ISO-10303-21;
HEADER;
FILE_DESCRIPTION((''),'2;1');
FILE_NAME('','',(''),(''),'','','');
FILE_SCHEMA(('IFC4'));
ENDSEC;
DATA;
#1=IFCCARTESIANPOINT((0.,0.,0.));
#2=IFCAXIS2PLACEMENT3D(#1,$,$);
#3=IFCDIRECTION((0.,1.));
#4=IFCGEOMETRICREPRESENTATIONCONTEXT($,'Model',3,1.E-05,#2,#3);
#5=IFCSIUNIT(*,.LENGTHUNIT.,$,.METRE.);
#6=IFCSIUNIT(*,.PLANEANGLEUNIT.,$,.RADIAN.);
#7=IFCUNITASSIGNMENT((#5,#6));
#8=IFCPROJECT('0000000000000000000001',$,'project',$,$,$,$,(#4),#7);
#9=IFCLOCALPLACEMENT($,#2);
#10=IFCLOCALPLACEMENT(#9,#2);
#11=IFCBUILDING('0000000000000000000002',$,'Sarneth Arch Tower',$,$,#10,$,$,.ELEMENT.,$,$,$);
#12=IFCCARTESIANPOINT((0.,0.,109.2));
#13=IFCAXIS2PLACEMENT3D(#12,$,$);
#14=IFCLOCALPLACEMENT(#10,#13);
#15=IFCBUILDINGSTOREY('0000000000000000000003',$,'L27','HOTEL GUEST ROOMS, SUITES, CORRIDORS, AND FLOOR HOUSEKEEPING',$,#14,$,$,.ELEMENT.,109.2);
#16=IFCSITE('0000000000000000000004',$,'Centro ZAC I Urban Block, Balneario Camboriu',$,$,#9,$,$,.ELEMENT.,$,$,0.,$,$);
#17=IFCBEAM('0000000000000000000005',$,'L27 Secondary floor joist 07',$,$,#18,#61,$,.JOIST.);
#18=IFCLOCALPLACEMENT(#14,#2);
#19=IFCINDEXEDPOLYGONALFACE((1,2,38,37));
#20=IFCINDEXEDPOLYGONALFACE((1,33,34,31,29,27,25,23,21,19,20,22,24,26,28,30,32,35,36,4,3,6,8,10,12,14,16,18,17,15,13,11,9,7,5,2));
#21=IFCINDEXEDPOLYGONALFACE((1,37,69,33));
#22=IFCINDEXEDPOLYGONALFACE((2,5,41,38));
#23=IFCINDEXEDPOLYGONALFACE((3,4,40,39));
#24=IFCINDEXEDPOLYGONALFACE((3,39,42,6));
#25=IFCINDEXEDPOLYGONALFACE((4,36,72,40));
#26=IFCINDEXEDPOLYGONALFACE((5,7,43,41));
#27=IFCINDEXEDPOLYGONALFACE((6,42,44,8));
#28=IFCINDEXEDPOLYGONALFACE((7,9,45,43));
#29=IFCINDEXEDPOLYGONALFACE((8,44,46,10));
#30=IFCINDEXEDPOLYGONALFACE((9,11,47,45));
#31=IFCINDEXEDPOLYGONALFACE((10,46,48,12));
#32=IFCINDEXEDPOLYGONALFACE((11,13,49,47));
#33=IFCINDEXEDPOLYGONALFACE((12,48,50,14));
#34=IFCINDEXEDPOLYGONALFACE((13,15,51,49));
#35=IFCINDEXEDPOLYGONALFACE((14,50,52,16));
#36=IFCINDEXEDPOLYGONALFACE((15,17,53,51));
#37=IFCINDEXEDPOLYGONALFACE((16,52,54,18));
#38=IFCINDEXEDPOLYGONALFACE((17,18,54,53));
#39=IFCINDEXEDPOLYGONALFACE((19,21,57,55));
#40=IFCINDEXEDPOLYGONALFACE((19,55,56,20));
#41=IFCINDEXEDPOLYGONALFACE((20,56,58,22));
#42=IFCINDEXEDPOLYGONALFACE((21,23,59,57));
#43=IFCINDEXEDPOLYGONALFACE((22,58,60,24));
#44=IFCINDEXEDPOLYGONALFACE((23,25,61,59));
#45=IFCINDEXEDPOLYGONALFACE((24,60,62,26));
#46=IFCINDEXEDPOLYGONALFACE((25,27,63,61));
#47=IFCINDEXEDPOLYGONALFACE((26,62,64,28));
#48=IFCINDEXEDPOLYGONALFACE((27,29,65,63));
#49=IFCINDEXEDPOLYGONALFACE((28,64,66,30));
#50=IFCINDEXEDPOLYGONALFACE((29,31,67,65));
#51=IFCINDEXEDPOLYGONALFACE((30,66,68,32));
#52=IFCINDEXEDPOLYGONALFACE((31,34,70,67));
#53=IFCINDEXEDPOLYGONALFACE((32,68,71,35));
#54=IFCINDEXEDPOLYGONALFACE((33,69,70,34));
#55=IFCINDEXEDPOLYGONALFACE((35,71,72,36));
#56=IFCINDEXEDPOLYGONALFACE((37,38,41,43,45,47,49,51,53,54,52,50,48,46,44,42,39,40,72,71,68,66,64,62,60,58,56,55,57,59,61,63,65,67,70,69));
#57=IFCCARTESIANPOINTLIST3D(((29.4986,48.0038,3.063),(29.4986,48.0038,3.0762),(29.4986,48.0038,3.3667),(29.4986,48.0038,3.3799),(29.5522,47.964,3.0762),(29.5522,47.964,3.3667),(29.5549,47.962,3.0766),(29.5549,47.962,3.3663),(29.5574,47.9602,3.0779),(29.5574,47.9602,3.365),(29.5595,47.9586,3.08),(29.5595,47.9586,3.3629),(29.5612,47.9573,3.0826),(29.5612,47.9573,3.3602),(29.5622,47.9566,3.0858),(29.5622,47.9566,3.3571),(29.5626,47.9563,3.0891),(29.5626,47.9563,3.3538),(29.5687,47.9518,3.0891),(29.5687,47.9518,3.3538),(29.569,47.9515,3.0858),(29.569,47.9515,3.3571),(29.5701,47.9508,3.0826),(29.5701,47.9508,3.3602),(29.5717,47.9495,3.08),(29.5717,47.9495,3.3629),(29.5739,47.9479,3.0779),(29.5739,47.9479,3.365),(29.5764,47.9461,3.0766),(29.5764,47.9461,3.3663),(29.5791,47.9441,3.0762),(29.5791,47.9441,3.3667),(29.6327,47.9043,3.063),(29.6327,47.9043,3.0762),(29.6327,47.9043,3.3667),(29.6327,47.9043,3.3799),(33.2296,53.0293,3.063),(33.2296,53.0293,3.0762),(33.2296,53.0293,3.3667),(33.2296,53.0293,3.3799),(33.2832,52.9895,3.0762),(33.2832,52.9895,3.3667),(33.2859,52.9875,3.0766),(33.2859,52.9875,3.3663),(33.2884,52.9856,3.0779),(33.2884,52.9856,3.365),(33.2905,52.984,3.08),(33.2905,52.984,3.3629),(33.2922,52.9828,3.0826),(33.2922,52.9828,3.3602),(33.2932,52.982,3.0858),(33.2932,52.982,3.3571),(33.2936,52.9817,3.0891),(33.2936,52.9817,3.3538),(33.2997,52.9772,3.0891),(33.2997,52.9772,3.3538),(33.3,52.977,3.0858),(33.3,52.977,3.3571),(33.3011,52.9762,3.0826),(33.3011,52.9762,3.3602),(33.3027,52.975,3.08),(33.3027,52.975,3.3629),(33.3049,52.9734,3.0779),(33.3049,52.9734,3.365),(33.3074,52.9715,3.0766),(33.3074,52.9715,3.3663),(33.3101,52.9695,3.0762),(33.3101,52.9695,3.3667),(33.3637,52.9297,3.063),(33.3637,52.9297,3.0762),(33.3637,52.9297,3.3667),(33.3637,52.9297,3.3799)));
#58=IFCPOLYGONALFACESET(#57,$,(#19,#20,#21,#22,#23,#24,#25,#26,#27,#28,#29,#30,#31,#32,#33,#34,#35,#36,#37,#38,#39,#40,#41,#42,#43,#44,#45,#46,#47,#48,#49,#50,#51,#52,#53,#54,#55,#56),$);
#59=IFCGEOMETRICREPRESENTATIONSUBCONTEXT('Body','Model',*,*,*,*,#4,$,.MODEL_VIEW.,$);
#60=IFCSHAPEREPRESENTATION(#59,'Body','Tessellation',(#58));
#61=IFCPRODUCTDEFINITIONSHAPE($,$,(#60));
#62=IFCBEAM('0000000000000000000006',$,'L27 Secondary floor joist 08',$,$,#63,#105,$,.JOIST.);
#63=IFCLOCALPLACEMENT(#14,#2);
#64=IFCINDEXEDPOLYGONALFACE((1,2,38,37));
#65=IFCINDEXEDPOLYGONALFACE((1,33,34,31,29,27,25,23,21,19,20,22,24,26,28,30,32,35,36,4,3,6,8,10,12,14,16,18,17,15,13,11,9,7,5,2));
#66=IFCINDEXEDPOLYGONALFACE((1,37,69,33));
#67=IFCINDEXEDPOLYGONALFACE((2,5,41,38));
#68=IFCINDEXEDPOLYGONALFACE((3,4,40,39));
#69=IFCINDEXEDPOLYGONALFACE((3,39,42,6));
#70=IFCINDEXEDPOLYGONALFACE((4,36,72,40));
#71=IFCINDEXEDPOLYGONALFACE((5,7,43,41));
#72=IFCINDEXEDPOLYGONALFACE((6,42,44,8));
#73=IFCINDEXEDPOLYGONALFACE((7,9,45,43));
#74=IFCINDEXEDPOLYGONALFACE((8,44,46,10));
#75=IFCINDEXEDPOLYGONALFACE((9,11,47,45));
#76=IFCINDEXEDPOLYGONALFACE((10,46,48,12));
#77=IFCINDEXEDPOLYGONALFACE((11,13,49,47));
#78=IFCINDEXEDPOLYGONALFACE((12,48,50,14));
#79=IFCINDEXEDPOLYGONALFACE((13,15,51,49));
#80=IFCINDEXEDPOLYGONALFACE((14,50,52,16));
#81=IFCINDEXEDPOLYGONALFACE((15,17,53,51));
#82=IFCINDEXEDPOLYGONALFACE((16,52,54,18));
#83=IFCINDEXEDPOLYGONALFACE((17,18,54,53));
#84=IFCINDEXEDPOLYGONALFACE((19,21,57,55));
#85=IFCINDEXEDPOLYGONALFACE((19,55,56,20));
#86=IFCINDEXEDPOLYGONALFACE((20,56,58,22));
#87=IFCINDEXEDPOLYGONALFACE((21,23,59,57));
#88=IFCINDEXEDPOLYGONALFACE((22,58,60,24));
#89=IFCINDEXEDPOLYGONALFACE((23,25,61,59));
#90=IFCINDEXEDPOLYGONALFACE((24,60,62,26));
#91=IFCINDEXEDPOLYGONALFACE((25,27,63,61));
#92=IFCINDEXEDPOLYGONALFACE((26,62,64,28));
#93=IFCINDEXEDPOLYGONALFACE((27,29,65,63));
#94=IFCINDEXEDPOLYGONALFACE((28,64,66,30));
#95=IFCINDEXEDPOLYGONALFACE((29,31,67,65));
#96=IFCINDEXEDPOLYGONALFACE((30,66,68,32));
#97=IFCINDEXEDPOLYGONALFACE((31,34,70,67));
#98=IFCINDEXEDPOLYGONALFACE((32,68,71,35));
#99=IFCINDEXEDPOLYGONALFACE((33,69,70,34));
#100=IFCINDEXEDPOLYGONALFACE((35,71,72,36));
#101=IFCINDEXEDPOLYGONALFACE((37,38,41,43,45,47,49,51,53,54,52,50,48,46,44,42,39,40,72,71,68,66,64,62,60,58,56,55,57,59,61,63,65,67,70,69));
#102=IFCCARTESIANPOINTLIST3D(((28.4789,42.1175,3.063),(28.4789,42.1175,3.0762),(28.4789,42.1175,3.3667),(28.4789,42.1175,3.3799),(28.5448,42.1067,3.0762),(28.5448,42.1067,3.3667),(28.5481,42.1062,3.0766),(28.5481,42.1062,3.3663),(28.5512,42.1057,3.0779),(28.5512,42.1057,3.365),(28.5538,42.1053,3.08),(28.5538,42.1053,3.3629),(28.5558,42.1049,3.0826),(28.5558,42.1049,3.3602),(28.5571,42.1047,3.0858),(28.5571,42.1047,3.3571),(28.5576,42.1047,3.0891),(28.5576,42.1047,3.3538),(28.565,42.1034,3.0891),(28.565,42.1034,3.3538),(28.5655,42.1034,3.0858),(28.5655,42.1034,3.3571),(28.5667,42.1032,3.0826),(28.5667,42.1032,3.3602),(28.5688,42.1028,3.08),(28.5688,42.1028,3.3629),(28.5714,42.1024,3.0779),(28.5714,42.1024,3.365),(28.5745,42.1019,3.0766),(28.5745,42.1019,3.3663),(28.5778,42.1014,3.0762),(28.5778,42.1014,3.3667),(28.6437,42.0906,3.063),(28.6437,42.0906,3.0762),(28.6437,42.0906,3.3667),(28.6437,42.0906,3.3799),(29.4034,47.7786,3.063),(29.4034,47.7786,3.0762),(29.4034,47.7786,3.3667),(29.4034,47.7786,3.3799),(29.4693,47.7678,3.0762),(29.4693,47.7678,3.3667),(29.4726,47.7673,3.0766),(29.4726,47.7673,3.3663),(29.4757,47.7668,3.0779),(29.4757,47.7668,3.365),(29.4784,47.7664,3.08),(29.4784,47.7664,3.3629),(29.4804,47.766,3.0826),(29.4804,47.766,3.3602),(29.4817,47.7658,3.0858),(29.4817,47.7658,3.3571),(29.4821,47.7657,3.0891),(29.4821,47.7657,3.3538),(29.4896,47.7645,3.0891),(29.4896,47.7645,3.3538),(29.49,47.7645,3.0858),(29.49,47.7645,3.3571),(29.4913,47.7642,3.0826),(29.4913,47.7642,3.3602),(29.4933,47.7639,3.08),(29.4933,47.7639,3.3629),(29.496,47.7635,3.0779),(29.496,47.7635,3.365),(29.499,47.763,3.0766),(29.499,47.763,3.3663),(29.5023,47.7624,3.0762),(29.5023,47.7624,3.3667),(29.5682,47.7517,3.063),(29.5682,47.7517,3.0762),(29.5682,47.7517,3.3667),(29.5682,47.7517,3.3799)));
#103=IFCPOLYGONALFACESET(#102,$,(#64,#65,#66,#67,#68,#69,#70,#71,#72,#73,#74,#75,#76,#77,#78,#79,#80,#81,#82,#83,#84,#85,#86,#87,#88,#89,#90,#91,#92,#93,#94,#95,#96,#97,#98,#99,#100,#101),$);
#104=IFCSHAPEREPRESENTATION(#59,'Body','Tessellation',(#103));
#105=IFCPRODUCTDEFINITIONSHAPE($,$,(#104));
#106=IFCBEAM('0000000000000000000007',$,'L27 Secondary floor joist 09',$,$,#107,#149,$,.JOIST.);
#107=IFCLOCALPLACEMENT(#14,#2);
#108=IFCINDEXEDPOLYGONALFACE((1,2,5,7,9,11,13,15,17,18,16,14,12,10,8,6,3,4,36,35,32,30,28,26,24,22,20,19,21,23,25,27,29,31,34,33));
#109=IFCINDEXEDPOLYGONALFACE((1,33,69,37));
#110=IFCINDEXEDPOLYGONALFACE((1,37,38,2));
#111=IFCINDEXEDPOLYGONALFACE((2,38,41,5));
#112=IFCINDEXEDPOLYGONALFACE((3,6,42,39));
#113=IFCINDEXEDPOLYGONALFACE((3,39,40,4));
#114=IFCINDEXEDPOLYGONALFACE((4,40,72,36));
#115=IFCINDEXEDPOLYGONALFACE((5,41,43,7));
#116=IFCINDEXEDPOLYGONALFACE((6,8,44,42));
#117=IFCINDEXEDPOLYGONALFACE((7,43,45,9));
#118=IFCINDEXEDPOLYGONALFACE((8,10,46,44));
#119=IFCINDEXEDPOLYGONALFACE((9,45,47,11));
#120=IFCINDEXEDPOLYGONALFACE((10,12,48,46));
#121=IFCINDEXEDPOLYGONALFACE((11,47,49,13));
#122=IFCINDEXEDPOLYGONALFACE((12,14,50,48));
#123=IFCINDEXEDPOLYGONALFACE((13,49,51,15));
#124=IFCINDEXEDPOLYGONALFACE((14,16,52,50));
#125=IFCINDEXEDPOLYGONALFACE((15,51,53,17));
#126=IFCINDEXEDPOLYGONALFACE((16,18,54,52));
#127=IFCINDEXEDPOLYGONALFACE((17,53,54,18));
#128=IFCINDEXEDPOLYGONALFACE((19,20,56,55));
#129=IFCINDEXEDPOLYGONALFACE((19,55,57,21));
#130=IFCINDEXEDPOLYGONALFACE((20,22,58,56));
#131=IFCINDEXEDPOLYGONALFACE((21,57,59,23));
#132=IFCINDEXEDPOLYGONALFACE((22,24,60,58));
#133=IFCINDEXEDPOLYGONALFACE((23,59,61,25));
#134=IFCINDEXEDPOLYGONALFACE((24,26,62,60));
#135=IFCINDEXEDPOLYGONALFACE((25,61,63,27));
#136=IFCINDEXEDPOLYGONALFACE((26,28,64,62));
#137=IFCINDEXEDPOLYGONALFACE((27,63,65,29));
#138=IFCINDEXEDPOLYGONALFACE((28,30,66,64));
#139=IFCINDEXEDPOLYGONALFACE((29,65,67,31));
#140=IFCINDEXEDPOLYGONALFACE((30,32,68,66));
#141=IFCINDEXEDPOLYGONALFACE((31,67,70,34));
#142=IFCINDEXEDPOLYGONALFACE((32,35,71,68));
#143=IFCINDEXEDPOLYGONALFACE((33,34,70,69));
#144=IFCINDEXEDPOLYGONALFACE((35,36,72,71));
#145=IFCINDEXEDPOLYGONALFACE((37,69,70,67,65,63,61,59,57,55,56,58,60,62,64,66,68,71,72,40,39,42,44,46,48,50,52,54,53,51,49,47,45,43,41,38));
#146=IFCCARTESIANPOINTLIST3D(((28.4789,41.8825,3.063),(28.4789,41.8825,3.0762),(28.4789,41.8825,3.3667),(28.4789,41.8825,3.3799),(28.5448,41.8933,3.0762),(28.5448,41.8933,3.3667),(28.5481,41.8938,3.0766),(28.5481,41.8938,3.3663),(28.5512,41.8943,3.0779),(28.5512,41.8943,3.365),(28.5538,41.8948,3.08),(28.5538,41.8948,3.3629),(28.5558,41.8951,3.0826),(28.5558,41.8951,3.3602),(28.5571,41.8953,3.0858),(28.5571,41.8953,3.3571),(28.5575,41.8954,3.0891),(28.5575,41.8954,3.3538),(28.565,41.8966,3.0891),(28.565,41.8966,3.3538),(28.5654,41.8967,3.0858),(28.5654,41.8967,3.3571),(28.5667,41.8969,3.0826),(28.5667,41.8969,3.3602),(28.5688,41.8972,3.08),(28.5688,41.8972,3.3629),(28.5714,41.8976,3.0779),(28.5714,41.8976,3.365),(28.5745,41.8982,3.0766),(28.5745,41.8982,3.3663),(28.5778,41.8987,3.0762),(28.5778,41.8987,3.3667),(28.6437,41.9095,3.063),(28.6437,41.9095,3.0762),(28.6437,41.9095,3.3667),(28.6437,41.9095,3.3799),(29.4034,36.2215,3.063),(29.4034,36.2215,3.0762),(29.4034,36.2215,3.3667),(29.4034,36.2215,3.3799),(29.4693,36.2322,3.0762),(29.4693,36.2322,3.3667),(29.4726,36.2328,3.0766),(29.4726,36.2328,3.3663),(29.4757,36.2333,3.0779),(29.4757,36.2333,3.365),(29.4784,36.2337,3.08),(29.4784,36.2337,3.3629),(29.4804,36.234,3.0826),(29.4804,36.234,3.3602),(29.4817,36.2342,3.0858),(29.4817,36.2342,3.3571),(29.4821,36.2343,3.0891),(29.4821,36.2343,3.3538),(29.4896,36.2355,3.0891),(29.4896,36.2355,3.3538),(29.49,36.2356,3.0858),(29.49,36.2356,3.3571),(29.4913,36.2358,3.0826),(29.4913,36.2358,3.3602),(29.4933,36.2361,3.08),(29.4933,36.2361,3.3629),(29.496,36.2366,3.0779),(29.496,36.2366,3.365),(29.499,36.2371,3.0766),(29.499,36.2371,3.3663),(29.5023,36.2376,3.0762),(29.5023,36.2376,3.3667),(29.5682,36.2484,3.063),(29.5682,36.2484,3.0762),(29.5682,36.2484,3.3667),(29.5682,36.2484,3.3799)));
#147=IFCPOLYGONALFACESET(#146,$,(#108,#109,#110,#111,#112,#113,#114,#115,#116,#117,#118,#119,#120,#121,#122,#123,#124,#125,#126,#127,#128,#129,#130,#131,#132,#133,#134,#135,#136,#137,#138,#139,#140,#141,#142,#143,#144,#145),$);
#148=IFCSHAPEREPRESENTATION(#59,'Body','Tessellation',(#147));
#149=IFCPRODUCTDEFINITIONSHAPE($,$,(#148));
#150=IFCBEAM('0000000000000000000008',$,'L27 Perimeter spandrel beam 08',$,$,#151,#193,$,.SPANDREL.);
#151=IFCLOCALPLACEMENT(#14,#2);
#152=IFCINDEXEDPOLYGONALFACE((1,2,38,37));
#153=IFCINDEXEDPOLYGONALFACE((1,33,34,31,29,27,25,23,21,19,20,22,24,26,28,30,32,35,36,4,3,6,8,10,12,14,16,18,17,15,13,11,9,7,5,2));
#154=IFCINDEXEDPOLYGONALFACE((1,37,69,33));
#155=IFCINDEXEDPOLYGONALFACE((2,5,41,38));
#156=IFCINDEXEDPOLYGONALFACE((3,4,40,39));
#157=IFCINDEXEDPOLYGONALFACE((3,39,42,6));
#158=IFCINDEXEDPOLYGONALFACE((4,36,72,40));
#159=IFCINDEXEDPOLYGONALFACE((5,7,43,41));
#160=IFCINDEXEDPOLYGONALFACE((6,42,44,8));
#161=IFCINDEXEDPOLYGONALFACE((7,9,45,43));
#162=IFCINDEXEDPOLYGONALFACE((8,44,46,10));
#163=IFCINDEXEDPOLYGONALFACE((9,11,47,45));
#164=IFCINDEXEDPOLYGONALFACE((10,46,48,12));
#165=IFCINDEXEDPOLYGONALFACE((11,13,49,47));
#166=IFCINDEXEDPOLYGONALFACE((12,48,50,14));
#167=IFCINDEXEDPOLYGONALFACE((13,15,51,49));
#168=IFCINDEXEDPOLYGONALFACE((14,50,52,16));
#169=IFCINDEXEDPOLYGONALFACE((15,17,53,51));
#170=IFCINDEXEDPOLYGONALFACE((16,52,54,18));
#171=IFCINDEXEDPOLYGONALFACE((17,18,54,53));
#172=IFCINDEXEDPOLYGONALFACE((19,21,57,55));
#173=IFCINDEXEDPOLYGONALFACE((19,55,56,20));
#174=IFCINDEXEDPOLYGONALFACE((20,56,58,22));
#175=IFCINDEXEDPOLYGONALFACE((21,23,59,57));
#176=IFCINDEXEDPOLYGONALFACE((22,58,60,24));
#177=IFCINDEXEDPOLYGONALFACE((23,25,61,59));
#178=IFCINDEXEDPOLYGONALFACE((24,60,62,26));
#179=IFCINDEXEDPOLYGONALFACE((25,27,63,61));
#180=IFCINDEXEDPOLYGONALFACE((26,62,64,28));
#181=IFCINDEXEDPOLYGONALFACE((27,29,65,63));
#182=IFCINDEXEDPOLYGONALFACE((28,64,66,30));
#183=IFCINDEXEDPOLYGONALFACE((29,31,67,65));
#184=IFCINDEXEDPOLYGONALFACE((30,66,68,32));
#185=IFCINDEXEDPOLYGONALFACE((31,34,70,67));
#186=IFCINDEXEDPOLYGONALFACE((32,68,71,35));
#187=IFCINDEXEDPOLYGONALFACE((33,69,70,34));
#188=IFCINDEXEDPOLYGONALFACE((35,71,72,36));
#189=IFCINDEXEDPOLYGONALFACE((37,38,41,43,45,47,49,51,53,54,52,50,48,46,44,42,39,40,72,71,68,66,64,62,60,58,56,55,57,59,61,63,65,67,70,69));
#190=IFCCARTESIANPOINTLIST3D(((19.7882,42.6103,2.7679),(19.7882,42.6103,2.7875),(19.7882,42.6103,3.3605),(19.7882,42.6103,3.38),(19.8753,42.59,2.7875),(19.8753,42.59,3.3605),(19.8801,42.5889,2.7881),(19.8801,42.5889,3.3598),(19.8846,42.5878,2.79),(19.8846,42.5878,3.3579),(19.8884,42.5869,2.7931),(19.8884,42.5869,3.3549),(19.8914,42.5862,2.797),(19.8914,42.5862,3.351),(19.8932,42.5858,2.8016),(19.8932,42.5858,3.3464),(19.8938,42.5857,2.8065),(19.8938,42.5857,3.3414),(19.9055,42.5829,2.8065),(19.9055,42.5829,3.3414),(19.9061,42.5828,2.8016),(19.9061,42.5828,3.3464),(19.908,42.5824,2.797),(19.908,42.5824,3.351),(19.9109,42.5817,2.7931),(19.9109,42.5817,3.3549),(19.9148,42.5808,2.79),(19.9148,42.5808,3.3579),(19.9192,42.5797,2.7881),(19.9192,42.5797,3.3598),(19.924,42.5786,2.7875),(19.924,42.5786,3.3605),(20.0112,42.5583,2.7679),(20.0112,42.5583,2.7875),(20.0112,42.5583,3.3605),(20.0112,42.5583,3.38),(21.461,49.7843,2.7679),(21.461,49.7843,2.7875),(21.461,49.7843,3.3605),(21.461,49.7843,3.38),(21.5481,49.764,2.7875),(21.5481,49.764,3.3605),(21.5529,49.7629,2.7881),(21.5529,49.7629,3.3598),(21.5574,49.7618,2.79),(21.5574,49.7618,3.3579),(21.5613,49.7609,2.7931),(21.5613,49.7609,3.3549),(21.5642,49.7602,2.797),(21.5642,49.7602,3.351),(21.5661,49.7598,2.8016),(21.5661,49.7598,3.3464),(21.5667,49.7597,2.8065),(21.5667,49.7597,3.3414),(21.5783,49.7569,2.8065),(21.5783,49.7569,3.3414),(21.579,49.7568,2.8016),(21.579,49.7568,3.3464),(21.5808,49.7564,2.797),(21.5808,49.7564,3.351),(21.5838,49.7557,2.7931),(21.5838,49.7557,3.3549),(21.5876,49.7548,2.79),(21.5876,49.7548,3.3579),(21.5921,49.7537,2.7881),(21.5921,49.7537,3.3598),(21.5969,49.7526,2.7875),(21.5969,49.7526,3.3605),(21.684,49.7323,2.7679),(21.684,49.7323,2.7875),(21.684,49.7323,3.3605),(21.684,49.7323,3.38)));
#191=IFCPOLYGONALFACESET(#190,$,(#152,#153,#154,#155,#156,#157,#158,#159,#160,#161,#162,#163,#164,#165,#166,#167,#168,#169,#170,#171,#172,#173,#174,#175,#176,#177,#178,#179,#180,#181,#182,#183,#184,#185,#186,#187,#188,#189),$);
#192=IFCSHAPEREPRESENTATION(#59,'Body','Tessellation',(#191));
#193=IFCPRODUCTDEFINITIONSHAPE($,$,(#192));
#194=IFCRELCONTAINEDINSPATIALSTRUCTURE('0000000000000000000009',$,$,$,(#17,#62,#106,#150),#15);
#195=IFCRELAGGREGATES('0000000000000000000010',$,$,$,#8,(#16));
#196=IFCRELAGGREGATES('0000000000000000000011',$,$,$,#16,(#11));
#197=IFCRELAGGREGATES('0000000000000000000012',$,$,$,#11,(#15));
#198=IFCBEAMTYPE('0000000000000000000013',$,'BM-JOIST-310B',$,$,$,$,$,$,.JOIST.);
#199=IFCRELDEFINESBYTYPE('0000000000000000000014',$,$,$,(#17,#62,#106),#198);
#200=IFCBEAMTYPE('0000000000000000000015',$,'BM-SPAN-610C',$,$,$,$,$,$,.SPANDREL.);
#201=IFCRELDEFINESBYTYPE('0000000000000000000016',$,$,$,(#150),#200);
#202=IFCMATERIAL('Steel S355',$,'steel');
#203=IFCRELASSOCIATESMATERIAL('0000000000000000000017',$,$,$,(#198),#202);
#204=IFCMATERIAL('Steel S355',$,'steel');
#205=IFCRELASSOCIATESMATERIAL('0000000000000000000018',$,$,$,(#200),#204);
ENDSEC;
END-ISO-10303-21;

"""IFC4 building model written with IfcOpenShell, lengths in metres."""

from ifc_helpers import new_model, si_unit, direction, frame, origin, origin_2d, place, context, subcontext, project, spatial, i_section, extrude, material, material_profile, profile_set, type_object, element, save


model = new_model("IFC4")

# Units and contexts
model_context = context("Model", 3, precision=1e-05, world=origin(), true_north=direction((0.0, 1.0)))
body_context = subcontext(model_context, "Body", "Model", "MODEL_VIEW")
ifc_project = project(units=[si_unit("LENGTHUNIT", "METRE"), si_unit("PLANEANGLEUNIT", "RADIAN")], contexts=[model_context])

# Site, building, storey
site_placement = place(None, origin())
site = spatial("IfcSite", under=ifc_project, at=site_placement, Name="Centro ZAC I Urban Block, Balneario Camboriu", CompositionType="ELEMENT", RefElevation=0.0)
building_placement = place(site_placement, origin())
building = spatial("IfcBuilding", under=site, at=building_placement, Name="Sarneth Arch Tower", CompositionType="ELEMENT")
storey_placement = place(building_placement, frame((0.0, 0.0, 109.2)))
storey = spatial("IfcBuildingStorey", under=building, at=storey_placement, Name="L27", Description="HOTEL GUEST ROOMS, SUITES, CORRIDORS, AND FLOOR HOUSEKEEPING", CompositionType="ELEMENT", Elevation=109.2)

# Beams
ifc_material_1 = material(Name="Steel S355", Category="steel")
ifc_material_profile_1 = material_profile(ifc_material_1, i_section(OverallWidth=0.167, OverallDepth=0.3169, WebThickness=0.0076, FlangeThickness=0.0132, FilletRadius=0.0129, at=origin_2d()), Name="W310x52")
ifc_profile_set_1 = profile_set([ifc_material_profile_1], Name="Steel S355")
beam_type_1 = type_object("IfcBeamType", Name="BM-JOIST-310B", PredefinedType="JOIST", material=ifc_profile_set_1)
beam_1_placement = place(storey_placement, frame((33.2966, 52.9795, 3.2214), z_axis=(-0.596098, -0.802911, 0.0), x_axis=(0.802911, -0.596098, 0.0)))
element("IfcBeam", 1, at=beam_1_placement, inside=storey, type_object=beam_type_1, Name="L27 Secondary floor joist 07", PredefinedType="JOIST", context=body_context, shape_type="SweptSolid", body=[
    extrude(i_section(OverallWidth=0.167, OverallDepth=0.3169, WebThickness=0.0076, FlangeThickness=0.0132, FilletRadius=0.0129, at=origin_2d()), origin(), (0.0, 0.0, 1.0), 6.259),
])
for number, where, z_axis, x_axis, name in (
    (2, (29.4858, 47.7651, 3.2214), (-0.161182, -0.986925, 0.0), (0.986925, -0.161182, 0.0), "L27 Secondary floor joist 08"),
    (3, (28.5613, 41.896, 3.2214), (0.161182, -0.986925, 0.0), (0.986925, 0.161182, 0.0), "L27 Secondary floor joist 09"),
):
    element("IfcBeam", number, at=place(storey_placement, frame(where, z_axis=z_axis, x_axis=x_axis)), inside=storey, type_object=beam_type_1, Name=name, PredefinedType="JOIST", context=body_context, shape_type="SweptSolid", body=[
        extrude(i_section(OverallWidth=0.167, OverallDepth=0.3169, WebThickness=0.0076, FlangeThickness=0.0132, FilletRadius=0.0129, at=origin_2d()), origin(), (0.0, 0.0, 1.0), 5.7361),
    ])
ifc_material_2 = material(Name="Steel S355", Category="steel")
ifc_material_profile_2 = material_profile(ifc_material_2, i_section(OverallWidth=0.229, OverallDepth=0.6121, WebThickness=0.012, FlangeThickness=0.0195, FilletRadius=0.019, at=origin_2d()), Name="W610x125")
ifc_profile_set_2 = profile_set([ifc_material_profile_2], Name="Steel S355")
beam_type_2 = type_object("IfcBeamType", Name="BM-SPAN-610C", PredefinedType="SPANDREL", material=ifc_profile_set_2)
beam_2_placement = place(storey_placement, frame((21.5725, 49.7583, 3.074), z_axis=(-0.227088, -0.973874, 0.0), x_axis=(0.973874, -0.227088, 0.0)))
element("IfcBeam", 4, at=beam_2_placement, inside=storey, type_object=beam_type_2, Name="L27 Perimeter spandrel beam 08", PredefinedType="SPANDREL", context=body_context, shape_type="SweptSolid", body=[
    extrude(i_section(OverallWidth=0.229, OverallDepth=0.6121, WebThickness=0.012, FlangeThickness=0.0195, FilletRadius=0.019, at=origin_2d()), origin(), (0.0, 0.0, 1.0), 7.3665),
])

save(model, "model.ifc")
